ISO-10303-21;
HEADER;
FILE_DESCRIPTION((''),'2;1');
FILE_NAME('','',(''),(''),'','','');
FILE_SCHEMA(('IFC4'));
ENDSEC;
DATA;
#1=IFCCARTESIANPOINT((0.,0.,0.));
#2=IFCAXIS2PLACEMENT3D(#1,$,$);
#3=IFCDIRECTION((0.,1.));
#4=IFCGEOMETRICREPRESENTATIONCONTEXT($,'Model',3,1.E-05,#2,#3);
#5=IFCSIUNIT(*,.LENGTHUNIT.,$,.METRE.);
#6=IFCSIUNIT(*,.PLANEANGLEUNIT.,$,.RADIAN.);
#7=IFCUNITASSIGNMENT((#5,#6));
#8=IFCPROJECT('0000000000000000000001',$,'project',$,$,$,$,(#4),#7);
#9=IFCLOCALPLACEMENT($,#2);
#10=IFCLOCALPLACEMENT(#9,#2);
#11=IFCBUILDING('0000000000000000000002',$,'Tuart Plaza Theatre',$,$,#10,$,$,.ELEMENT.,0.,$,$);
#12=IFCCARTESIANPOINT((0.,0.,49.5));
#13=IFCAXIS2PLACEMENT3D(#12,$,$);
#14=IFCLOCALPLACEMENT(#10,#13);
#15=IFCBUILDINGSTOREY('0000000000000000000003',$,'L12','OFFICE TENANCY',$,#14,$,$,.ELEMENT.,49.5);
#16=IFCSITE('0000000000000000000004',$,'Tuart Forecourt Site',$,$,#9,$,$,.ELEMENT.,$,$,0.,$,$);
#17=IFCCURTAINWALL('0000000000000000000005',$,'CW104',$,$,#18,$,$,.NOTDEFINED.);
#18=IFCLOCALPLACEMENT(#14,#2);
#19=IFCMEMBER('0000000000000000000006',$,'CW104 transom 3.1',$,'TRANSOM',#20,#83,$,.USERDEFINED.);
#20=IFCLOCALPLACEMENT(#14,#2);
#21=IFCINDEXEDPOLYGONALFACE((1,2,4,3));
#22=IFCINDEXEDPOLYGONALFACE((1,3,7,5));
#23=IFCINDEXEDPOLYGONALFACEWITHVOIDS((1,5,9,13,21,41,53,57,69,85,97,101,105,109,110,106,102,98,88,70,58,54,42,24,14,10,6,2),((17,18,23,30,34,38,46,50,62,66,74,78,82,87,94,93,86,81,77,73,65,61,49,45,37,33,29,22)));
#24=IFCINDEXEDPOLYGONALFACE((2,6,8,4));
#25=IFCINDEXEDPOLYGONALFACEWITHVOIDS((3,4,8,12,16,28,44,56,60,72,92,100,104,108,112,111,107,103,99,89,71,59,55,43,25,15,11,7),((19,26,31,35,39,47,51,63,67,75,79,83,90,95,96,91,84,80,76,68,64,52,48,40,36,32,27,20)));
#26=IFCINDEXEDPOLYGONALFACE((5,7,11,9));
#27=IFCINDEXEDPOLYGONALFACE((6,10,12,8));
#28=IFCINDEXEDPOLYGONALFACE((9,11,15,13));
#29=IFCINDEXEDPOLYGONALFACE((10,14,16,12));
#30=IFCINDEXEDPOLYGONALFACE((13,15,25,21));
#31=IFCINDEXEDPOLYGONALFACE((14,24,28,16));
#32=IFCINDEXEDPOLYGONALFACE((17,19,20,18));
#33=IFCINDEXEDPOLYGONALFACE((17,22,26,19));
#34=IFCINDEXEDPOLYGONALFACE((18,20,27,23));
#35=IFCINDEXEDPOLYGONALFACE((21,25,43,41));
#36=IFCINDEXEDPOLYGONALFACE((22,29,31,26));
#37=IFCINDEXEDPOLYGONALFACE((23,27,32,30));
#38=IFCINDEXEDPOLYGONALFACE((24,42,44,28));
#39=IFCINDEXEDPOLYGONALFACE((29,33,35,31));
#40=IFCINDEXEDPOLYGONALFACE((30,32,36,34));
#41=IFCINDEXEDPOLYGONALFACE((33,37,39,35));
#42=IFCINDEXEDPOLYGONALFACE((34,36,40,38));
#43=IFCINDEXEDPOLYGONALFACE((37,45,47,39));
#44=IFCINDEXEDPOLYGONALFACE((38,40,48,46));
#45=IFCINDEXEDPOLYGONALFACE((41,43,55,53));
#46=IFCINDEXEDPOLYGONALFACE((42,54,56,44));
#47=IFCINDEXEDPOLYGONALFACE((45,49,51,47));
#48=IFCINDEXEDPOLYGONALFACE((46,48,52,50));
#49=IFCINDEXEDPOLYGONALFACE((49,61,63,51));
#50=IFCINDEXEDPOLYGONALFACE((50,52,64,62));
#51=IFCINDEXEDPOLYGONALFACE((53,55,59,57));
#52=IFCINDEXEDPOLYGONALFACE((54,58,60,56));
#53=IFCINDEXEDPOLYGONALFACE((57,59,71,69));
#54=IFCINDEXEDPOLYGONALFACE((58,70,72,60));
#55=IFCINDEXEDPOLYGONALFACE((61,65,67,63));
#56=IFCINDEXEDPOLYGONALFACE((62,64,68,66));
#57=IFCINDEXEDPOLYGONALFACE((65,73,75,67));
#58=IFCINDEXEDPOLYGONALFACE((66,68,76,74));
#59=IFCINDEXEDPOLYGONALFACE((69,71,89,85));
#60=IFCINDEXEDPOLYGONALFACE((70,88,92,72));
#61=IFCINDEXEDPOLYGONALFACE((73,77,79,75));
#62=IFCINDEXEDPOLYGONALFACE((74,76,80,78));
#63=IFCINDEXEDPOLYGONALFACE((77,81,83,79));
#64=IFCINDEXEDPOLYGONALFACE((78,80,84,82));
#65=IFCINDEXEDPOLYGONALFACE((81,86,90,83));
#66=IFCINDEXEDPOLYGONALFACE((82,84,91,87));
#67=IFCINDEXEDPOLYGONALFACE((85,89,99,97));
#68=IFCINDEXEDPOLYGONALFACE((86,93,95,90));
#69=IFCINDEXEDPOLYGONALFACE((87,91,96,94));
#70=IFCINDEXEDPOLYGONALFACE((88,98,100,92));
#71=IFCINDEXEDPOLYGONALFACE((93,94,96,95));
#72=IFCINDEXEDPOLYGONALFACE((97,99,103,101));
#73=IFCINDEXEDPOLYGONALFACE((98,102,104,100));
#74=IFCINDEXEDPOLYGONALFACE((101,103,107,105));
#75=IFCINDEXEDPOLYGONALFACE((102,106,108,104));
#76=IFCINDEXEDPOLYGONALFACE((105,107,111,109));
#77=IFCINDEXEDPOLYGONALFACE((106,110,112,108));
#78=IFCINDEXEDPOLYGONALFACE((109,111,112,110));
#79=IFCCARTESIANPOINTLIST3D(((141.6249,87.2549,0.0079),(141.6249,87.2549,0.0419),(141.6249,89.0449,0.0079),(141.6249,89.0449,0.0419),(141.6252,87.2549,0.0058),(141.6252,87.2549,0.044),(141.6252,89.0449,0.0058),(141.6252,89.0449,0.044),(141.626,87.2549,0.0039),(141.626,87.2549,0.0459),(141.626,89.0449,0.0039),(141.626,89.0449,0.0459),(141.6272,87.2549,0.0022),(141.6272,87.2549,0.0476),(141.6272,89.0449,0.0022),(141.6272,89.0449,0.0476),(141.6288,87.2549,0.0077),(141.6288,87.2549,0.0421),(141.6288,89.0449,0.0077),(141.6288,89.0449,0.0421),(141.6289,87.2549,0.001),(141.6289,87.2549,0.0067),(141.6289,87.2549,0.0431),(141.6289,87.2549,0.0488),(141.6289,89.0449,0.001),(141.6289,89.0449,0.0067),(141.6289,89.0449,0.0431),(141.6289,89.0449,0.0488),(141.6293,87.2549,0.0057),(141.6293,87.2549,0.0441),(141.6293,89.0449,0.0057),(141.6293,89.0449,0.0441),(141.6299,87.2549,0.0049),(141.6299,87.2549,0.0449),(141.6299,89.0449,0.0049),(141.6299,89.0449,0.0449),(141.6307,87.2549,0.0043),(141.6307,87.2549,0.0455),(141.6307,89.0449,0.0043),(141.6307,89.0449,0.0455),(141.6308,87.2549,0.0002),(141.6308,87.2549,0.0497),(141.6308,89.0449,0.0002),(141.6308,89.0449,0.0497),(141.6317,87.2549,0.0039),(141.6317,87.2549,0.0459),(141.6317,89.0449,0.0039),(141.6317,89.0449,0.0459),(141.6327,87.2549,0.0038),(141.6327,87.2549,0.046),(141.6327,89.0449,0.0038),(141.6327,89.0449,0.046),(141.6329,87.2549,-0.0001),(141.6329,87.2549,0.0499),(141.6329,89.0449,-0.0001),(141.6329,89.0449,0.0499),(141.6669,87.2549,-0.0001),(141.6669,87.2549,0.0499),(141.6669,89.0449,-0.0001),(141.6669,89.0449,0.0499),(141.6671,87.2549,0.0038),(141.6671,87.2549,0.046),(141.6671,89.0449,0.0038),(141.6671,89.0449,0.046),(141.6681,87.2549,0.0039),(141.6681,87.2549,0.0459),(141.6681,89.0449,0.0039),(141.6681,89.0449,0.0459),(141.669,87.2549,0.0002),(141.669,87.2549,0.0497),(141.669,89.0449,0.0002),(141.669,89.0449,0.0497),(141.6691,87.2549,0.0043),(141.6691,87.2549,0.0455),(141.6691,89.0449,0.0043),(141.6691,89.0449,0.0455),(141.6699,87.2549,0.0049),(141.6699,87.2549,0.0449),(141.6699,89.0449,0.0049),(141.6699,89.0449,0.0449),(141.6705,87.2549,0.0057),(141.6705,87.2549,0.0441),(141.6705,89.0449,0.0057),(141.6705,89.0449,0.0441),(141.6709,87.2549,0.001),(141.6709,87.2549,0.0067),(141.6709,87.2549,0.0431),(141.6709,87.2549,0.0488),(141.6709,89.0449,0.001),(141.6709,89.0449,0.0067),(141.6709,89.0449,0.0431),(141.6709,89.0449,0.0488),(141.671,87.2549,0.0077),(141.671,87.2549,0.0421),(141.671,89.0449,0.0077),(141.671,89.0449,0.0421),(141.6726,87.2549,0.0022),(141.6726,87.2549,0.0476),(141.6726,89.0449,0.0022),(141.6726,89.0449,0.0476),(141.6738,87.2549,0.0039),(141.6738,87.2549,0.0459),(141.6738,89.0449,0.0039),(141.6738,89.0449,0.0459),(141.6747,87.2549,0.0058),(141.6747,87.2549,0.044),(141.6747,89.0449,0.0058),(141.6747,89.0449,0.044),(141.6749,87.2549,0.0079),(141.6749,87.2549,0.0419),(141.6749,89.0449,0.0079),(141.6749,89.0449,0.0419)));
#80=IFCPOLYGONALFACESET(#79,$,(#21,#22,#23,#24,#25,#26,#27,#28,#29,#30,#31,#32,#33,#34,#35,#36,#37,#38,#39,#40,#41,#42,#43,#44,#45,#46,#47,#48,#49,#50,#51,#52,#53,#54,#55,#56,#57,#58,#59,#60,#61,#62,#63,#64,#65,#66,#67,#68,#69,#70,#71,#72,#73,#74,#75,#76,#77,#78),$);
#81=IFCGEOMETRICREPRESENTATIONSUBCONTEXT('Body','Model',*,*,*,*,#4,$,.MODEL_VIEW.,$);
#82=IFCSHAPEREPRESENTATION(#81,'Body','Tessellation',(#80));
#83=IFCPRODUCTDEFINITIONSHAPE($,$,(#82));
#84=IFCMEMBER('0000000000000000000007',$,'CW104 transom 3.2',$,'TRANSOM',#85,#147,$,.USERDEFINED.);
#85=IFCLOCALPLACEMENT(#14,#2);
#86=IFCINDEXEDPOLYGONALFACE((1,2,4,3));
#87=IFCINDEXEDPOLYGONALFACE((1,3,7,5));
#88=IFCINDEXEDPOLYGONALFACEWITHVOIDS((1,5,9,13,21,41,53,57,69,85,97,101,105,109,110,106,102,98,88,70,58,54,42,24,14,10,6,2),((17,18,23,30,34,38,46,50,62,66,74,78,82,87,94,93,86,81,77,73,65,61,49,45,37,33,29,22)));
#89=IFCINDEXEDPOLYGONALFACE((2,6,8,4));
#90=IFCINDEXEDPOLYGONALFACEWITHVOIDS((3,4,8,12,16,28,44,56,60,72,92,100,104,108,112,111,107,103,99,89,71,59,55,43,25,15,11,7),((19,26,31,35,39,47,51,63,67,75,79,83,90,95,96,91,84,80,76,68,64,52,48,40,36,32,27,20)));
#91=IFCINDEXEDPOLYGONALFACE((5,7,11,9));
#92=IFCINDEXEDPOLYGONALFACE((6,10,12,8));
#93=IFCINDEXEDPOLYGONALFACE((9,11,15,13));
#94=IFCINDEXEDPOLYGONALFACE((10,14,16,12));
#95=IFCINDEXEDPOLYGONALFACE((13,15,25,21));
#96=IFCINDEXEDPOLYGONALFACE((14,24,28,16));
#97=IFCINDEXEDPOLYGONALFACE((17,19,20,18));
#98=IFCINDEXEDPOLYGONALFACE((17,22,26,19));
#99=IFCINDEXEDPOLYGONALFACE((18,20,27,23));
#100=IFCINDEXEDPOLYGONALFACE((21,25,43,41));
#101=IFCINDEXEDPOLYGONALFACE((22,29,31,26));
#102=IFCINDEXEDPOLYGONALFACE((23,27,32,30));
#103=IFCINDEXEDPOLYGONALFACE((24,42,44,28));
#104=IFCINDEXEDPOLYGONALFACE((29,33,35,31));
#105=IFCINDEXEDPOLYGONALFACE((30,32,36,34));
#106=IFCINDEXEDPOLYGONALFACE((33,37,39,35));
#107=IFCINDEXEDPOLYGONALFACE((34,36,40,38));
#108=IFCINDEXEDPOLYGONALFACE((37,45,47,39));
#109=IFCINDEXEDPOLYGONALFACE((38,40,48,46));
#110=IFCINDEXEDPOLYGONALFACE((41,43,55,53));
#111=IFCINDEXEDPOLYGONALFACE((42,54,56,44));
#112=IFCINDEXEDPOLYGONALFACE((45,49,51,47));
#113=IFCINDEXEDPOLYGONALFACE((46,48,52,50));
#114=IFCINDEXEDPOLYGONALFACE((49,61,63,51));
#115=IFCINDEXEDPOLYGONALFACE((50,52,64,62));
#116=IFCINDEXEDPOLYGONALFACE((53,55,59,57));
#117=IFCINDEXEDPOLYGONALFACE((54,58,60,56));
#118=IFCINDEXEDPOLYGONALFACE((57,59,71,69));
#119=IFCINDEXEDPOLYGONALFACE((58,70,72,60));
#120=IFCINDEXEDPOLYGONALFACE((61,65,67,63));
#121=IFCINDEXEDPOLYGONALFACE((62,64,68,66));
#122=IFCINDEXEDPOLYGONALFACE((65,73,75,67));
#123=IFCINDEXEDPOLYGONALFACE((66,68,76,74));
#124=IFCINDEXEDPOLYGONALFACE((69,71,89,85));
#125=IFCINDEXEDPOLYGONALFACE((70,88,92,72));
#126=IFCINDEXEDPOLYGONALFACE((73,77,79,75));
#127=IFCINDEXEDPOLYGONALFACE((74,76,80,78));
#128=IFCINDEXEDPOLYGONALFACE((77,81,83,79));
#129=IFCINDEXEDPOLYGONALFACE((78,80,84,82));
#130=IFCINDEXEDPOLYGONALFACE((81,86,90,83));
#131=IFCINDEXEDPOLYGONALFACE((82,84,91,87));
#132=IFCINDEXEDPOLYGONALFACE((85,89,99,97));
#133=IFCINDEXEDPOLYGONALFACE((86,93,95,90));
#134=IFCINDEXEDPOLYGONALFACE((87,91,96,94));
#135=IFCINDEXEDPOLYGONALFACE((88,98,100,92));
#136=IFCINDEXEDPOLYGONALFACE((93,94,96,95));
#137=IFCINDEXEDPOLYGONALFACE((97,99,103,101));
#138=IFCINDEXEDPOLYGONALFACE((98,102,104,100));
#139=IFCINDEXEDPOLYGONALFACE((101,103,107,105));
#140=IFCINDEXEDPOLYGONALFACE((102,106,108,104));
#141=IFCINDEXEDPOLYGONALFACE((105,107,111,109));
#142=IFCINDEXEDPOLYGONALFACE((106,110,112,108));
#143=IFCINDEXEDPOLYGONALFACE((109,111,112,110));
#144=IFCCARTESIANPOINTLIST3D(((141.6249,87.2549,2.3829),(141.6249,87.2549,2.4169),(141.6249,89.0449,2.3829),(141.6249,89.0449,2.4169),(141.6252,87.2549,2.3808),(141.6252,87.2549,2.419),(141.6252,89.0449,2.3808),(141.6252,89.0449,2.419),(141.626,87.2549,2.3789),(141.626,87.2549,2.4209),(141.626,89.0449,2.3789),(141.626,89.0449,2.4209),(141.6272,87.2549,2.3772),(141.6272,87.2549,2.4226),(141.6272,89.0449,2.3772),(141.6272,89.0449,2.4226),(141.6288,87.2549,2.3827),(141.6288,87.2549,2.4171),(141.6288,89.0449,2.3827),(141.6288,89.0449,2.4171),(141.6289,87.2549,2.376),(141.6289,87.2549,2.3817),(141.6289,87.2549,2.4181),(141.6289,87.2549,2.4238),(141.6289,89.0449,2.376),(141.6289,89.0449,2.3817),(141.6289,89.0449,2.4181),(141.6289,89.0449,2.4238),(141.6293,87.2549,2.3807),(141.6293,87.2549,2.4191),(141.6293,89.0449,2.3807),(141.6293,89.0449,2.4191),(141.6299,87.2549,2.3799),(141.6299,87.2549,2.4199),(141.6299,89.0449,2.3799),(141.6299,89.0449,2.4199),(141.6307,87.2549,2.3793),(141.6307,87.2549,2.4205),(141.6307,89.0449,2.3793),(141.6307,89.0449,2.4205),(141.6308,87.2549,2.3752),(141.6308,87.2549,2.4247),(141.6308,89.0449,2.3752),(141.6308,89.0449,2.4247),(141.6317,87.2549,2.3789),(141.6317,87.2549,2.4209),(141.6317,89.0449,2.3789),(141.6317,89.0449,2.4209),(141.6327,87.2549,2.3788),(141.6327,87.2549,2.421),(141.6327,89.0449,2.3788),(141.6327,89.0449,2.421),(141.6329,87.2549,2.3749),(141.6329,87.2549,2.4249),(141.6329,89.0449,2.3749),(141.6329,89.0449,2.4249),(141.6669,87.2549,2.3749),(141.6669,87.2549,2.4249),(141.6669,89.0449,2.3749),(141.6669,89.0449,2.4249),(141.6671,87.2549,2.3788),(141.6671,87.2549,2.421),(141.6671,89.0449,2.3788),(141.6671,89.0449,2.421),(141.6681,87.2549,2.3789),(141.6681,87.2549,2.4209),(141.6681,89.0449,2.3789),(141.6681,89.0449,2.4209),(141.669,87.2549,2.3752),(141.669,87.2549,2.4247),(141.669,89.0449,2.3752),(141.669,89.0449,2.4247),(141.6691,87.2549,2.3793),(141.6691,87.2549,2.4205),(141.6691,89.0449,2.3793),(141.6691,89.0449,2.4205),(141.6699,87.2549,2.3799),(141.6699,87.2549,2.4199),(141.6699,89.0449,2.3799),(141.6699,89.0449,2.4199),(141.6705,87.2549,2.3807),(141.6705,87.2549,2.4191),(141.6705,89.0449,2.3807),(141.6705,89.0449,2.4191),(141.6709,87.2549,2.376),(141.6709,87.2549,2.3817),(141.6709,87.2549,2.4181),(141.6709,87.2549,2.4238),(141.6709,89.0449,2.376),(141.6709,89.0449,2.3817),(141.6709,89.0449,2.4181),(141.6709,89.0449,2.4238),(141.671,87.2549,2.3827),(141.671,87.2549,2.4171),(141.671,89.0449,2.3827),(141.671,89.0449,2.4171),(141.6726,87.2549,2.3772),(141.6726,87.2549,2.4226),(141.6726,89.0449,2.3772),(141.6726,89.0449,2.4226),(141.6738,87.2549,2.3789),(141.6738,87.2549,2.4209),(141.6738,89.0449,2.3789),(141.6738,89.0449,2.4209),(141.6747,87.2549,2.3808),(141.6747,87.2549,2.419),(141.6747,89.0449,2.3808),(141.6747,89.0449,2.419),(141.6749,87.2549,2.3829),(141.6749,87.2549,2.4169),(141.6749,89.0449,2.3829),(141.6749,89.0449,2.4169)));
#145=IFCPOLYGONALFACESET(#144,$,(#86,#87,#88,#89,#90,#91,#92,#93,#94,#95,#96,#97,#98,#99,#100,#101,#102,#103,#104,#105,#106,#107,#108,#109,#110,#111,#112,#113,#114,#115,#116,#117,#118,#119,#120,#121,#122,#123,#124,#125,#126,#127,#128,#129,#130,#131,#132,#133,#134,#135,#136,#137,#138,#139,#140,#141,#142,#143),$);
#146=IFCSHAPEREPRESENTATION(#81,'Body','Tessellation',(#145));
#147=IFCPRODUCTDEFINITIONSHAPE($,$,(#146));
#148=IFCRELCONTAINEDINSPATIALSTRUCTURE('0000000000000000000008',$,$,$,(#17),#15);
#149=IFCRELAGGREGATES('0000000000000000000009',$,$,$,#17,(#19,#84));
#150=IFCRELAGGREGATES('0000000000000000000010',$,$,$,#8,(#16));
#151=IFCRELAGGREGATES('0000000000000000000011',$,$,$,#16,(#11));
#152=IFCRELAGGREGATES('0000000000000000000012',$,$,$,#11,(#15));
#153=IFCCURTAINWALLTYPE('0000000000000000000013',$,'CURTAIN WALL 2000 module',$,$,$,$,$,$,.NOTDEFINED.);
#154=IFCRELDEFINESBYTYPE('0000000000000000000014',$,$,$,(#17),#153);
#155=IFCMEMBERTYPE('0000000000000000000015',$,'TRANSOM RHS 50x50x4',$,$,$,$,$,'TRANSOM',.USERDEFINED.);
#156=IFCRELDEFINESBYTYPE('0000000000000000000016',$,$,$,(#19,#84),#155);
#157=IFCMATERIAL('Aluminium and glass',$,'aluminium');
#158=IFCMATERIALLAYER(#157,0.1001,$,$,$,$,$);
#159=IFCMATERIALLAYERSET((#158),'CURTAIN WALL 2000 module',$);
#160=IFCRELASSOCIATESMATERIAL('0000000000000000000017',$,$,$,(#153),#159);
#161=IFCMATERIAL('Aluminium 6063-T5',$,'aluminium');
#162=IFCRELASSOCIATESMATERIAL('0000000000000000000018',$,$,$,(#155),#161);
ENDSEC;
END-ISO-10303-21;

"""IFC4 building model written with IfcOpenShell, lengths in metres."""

from ifc_helpers import new_model, si_unit, direction, frame, origin, origin_2d, place, context, subcontext, project, spatial, hollow_rectangle, extrude, material, layer, layer_set, material_profile, profile_set, type_object, element, aggregate, save


model = new_model("IFC4")

# Units and contexts
model_context = context("Model", 3, precision=1e-05, world=origin(), true_north=direction((0.0, 1.0)))
body_context = subcontext(model_context, "Body", "Model", "MODEL_VIEW")
ifc_project = project(units=[si_unit("LENGTHUNIT", "METRE"), si_unit("PLANEANGLEUNIT", "RADIAN")], contexts=[model_context])

# Site, building, storey
site_placement = place(None, origin())
site = spatial("IfcSite", under=ifc_project, at=site_placement, Name="Tuart Forecourt Site", CompositionType="ELEMENT", RefElevation=0.0)
building_placement = place(site_placement, origin())
building = spatial("IfcBuilding", under=site, at=building_placement, Name="Tuart Plaza Theatre", CompositionType="ELEMENT", ElevationOfRefHeight=0.0)
storey_placement = place(building_placement, frame((0.0, 0.0, 49.5)))
storey = spatial("IfcBuildingStorey", under=building, at=storey_placement, Name="L12", Description="OFFICE TENANCY", CompositionType="ELEMENT", Elevation=49.5)

# Curtain wall, members
ifc_material_1 = material(Name="Aluminium and glass", Category="aluminium")
ifc_layer_1 = layer(ifc_material_1, 0.1001)
ifc_layer_set_1 = layer_set([ifc_layer_1], Name="CURTAIN WALL 2000 module")
curtain_wall_type = type_object("IfcCurtainWallType", Name="CURTAIN WALL 2000 module", PredefinedType="NOTDEFINED", material=ifc_layer_set_1)
curtain_wall_placement = place(storey_placement, origin())
curtain_wall = element("IfcCurtainWall", 1, at=curtain_wall_placement, inside=storey, type_object=curtain_wall_type, Name="CW104", PredefinedType="NOTDEFINED")
ifc_material_2 = material(Name="Aluminium 6063-T5", Category="aluminium")
ifc_material_profile_1 = material_profile(ifc_material_2, hollow_rectangle(XDim=0.05, YDim=0.05, WallThickness=0.0039, InnerFilletRadius=0.0039, OuterFilletRadius=0.0081, at=origin_2d()), Name="RHS 50x50x4")
ifc_profile_set_1 = profile_set([ifc_material_profile_1], Name="Aluminium 6063-T5")
member_type_1 = type_object("IfcMemberType", Name="TRANSOM RHS 50x50x4", ElementType="TRANSOM", PredefinedType="USERDEFINED", material=ifc_profile_set_1)
member_1_placement = place(storey_placement, frame((141.6499, 87.2549, 0.0249), z_axis=(0.0, 1.0, 0.0), x_axis=(-1.0, 0.0, 0.0)))
member_1 = element("IfcMember", 2, at=member_1_placement, type_object=member_type_1, Name="CW104 transom 3.1", ObjectType="TRANSOM", PredefinedType="USERDEFINED", context=body_context, shape_type="SweptSolid", body=[
    extrude(hollow_rectangle(XDim=0.05, YDim=0.05, WallThickness=0.0039, InnerFilletRadius=0.0039, OuterFilletRadius=0.0081, at=origin_2d()), origin(), (0.0, 0.0, 1.0), 1.79),
])
member_2_placement = place(storey_placement, frame((141.6499, 87.2549, 2.3999), z_axis=(0.0, 1.0, 0.0), x_axis=(-1.0, 0.0, 0.0)))
member_2 = element("IfcMember", 3, at=member_2_placement, type_object=member_type_1, Name="CW104 transom 3.2", ObjectType="TRANSOM", PredefinedType="USERDEFINED", context=body_context, shape_type="SweptSolid", body=[
    extrude(hollow_rectangle(XDim=0.05, YDim=0.05, WallThickness=0.0039, InnerFilletRadius=0.0039, OuterFilletRadius=0.0081, at=origin_2d()), origin(), (0.0, 0.0, 1.0), 1.79),
])
aggregate(curtain_wall, [member_1, member_2])

save(model, "model.ifc")
